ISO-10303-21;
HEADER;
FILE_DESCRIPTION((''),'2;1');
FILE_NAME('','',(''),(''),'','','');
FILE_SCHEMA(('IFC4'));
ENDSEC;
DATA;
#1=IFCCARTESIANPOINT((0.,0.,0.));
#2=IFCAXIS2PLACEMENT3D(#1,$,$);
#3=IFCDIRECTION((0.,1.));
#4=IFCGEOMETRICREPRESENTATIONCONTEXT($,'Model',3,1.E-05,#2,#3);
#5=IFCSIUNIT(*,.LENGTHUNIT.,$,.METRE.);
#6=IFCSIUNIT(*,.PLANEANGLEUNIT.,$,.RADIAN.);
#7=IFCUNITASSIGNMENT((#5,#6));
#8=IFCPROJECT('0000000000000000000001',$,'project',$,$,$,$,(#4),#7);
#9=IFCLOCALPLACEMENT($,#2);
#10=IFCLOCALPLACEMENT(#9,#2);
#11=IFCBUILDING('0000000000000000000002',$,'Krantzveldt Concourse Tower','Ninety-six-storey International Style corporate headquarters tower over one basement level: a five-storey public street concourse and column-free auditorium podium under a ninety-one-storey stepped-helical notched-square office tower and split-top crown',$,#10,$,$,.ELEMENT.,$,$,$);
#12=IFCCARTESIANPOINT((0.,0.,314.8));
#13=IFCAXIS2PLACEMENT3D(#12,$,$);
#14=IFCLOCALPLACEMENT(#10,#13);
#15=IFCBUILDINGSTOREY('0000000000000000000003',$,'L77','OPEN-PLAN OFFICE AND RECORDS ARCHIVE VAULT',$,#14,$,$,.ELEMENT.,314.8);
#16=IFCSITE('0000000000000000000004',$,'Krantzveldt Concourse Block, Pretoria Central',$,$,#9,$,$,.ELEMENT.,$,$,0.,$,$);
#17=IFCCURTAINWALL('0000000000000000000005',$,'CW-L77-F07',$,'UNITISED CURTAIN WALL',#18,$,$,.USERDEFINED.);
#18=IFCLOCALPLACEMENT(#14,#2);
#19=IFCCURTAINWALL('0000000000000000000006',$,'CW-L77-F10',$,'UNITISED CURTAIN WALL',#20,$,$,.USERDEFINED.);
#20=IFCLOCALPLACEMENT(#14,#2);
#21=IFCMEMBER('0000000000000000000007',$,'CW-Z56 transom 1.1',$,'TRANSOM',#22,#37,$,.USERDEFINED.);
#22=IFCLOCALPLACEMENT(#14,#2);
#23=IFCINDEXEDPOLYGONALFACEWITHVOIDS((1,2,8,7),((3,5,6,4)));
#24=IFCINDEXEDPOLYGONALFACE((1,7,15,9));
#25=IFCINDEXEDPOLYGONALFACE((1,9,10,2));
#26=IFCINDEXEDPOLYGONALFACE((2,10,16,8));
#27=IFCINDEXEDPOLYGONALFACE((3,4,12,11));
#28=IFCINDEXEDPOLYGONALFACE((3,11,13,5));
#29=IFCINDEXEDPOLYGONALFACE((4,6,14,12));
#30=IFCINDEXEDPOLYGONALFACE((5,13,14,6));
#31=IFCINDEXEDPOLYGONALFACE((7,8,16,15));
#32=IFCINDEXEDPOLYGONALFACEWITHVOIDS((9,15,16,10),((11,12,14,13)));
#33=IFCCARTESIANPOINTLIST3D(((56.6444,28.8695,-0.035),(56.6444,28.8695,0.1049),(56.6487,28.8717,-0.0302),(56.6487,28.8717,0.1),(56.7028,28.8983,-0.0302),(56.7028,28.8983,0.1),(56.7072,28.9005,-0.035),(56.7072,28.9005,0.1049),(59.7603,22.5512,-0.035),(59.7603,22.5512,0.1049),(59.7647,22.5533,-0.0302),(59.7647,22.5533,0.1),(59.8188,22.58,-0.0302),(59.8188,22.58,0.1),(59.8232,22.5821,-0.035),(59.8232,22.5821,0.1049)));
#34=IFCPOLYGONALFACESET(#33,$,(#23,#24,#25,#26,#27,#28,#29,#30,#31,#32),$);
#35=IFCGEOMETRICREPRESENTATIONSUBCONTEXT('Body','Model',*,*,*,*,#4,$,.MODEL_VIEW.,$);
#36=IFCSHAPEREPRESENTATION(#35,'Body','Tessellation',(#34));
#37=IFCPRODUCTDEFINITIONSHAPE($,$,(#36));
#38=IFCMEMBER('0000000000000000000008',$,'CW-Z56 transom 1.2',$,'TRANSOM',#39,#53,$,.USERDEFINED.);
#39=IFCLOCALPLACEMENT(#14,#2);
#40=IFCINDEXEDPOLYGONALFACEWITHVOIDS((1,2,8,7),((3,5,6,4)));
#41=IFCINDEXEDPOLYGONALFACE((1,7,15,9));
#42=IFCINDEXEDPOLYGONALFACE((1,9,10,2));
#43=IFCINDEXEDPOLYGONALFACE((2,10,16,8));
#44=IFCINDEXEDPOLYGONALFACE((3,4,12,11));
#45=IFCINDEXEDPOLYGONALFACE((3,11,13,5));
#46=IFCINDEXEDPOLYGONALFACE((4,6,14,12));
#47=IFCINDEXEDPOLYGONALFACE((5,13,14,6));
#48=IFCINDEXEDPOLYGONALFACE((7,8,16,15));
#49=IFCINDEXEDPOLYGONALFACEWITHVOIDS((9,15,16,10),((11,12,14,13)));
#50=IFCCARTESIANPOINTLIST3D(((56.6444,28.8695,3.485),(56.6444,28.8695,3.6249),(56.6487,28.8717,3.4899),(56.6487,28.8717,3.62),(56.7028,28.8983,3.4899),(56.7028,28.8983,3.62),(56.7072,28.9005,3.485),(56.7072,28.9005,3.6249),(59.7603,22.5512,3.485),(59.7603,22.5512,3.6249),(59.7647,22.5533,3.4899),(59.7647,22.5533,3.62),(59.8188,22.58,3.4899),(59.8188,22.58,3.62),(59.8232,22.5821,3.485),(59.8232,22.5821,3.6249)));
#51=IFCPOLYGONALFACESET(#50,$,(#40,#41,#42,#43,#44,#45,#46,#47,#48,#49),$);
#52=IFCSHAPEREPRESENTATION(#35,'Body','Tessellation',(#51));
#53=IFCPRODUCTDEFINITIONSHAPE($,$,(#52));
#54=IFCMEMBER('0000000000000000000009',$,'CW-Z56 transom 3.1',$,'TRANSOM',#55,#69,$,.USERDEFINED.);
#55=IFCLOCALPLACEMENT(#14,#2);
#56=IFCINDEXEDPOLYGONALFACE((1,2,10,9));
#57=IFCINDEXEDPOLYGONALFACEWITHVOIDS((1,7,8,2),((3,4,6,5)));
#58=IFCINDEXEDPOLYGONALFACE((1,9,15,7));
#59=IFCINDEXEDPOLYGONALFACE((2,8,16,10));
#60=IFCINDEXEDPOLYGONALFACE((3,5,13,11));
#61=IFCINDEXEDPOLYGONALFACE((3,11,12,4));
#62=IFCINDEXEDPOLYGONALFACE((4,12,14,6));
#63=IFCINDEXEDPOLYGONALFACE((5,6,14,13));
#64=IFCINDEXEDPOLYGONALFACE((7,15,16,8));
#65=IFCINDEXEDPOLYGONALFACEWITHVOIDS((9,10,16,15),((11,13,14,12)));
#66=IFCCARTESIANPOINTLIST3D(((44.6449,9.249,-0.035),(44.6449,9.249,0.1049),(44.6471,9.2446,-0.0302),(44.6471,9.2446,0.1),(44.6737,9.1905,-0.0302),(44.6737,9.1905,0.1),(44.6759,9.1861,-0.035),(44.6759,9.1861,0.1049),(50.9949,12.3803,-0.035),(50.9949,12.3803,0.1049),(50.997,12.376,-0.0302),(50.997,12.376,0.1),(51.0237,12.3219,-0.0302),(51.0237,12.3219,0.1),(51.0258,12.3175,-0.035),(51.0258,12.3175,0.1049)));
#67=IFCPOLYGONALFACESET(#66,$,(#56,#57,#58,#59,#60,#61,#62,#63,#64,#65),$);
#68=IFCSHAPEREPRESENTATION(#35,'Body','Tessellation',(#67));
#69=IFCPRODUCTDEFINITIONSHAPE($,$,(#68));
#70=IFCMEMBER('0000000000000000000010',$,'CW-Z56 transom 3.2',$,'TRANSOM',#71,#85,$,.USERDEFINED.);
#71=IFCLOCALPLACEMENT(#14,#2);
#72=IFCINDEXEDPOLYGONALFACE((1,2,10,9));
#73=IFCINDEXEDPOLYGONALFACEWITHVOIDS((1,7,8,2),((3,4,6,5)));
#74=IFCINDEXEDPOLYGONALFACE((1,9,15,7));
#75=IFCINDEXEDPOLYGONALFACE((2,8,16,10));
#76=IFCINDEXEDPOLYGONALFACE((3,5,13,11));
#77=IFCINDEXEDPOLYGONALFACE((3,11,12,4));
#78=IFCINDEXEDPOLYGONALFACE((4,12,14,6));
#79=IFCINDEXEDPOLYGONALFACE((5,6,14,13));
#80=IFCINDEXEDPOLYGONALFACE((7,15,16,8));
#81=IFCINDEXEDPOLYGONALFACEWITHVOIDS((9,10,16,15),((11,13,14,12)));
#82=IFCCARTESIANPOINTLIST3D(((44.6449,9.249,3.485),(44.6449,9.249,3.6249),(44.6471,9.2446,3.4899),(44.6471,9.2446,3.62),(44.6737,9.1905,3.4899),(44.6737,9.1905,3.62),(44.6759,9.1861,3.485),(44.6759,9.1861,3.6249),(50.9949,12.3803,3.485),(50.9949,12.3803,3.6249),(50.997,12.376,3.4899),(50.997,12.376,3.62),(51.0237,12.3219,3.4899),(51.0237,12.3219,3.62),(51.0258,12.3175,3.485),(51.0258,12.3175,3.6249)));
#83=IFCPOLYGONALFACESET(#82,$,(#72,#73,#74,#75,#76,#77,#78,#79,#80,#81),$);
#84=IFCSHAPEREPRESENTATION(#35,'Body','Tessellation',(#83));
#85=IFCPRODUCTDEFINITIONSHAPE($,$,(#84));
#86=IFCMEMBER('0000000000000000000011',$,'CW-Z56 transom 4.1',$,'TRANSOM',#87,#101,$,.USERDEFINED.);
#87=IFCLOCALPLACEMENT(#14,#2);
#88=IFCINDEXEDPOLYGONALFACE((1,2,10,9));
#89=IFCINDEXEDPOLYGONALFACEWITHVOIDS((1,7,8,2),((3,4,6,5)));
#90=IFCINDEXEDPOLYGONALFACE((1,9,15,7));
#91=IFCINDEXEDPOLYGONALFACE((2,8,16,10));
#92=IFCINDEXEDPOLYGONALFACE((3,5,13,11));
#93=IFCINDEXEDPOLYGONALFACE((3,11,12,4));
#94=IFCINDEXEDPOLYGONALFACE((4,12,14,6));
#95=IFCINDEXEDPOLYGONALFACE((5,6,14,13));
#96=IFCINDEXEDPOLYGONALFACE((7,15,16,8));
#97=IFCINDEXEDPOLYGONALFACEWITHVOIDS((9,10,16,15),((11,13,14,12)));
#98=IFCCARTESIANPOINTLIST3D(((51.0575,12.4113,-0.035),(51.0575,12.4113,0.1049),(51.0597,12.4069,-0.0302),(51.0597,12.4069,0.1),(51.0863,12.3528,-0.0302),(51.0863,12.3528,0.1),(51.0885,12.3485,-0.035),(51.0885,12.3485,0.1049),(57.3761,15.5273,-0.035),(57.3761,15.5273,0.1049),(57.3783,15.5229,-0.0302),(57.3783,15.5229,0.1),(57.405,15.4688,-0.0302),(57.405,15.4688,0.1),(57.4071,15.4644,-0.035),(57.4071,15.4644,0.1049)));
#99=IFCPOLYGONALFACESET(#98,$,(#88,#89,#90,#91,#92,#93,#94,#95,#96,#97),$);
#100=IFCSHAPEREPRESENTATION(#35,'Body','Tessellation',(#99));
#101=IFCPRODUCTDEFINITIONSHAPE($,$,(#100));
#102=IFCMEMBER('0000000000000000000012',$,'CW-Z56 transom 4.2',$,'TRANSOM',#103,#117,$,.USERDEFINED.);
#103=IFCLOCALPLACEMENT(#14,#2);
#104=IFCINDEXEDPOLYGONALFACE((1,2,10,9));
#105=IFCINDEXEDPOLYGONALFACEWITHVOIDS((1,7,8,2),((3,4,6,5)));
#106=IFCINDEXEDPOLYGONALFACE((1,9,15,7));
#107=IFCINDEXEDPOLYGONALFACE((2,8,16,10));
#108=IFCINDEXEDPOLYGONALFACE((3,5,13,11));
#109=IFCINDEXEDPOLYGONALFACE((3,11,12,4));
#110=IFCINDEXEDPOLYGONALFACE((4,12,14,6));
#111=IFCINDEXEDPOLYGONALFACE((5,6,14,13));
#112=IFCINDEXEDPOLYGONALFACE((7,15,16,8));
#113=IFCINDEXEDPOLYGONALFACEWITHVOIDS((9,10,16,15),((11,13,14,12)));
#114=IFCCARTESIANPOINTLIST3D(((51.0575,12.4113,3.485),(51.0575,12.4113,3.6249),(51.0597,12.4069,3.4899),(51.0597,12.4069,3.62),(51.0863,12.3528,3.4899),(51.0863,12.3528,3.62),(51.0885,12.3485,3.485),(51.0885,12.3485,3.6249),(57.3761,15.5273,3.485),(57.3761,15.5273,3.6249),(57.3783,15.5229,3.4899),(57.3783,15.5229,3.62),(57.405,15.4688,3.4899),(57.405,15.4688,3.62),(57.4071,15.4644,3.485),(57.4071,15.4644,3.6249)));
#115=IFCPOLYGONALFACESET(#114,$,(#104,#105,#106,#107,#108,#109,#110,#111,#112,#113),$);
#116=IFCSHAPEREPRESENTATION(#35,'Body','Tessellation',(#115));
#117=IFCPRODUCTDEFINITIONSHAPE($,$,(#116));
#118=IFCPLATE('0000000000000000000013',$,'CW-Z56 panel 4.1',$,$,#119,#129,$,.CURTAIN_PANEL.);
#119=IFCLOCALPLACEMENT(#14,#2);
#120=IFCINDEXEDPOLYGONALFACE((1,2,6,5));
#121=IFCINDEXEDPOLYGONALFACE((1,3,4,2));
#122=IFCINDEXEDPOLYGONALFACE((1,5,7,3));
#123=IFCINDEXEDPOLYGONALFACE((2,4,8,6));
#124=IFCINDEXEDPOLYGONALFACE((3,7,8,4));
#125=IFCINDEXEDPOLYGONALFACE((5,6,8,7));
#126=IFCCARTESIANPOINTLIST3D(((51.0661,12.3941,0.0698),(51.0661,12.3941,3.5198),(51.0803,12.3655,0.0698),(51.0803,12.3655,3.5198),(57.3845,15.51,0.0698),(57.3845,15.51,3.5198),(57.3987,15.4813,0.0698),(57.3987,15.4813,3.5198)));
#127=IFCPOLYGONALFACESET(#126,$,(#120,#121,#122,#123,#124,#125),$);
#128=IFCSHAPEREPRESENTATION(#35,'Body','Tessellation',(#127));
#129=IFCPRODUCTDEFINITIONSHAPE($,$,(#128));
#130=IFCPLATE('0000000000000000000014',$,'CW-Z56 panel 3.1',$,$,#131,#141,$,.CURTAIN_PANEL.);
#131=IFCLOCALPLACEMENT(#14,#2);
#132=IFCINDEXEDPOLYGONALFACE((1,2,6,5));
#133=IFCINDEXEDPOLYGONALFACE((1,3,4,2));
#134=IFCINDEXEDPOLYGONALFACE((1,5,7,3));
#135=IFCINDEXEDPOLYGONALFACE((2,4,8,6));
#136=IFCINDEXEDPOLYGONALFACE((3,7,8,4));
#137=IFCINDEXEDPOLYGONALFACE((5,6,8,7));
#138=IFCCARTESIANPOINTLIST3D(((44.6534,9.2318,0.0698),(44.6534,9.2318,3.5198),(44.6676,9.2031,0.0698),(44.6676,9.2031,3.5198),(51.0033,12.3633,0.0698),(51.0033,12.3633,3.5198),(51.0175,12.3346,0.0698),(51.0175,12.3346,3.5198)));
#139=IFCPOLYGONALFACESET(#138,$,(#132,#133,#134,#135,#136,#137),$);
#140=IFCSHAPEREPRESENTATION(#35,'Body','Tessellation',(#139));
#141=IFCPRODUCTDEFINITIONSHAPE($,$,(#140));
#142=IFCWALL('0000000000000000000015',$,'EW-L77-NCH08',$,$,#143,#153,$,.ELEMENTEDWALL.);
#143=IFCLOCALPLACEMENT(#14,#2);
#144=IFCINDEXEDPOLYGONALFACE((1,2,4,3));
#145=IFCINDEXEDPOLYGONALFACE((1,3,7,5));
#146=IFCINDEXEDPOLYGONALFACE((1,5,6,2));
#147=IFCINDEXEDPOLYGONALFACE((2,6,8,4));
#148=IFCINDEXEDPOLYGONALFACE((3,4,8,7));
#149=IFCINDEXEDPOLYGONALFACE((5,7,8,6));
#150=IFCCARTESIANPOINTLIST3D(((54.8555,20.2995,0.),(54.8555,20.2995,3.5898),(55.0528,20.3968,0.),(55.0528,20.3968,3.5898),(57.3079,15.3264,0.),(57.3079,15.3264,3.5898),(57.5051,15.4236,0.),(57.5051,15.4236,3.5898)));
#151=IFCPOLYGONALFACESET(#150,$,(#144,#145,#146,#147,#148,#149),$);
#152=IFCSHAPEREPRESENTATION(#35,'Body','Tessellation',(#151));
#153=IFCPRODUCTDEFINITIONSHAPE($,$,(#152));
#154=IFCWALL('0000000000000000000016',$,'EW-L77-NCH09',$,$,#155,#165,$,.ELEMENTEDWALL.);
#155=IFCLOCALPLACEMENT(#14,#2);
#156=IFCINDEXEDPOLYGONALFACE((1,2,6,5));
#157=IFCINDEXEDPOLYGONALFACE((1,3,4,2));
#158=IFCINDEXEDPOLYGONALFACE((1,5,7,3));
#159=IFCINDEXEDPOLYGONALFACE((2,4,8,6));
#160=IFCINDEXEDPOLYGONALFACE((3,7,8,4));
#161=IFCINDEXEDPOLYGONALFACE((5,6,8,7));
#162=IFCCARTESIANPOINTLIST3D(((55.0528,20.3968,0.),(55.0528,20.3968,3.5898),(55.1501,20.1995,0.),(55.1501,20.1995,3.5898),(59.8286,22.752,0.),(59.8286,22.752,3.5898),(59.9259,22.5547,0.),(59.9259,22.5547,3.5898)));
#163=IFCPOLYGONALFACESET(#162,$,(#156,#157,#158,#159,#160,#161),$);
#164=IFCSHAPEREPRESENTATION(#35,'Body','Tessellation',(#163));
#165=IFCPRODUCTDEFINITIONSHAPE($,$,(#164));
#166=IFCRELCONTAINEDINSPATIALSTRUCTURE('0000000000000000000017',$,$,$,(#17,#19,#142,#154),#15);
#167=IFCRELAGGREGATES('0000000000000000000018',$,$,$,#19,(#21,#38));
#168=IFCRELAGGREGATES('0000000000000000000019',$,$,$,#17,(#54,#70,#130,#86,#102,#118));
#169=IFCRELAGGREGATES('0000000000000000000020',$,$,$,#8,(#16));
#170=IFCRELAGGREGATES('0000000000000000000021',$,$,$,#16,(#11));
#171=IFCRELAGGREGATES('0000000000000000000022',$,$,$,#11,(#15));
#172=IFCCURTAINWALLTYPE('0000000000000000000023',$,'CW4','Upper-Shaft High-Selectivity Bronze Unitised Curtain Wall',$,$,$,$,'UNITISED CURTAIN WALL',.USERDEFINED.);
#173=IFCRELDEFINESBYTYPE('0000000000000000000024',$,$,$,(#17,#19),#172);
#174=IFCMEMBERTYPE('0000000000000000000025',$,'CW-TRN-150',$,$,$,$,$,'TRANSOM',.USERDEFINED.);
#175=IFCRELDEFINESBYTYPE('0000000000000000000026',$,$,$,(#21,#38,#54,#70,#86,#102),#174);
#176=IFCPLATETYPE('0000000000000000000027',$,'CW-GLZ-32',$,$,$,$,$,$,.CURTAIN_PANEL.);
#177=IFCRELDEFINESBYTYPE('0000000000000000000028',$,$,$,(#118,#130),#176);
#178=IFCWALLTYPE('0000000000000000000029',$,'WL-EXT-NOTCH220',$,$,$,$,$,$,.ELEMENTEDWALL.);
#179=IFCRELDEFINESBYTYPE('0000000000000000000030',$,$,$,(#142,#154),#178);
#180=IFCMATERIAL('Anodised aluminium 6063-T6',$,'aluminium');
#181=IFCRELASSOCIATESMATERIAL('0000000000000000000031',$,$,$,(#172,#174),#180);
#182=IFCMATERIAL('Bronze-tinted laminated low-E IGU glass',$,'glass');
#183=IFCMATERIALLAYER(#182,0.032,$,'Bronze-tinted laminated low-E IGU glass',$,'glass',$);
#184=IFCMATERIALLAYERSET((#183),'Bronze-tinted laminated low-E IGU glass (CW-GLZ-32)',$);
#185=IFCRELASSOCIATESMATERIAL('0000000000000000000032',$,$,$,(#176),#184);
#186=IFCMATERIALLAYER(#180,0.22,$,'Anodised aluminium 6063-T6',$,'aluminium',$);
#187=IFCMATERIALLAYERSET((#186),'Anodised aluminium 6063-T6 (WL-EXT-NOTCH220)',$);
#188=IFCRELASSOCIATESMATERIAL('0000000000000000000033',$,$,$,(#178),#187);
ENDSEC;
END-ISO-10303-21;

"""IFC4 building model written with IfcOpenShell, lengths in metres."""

from ifc_helpers import new_model, si_unit, direction, frame, frame_2d, origin, origin_2d, place, context, subcontext, project, spatial, rectangle, hollow_rectangle, extrude, source, transform, mapped, material, layer, layer_set, material_profile, profile_set, type_object, type_shapes, element, aggregate, save


model = new_model("IFC4")

# Units and contexts
model_context = context("Model", 3, precision=1e-05, world=origin(), true_north=direction((0.0, 1.0)))
body_context = subcontext(model_context, "Body", "Model", "MODEL_VIEW")
ifc_project = project(units=[si_unit("LENGTHUNIT", "METRE"), si_unit("PLANEANGLEUNIT", "RADIAN")], contexts=[model_context])

# Site, building, storey
site_placement = place(None, origin())
site = spatial("IfcSite", under=ifc_project, at=site_placement, Name="Krantzveldt Concourse Block, Pretoria Central", CompositionType="ELEMENT", RefElevation=0.0)
building_placement = place(site_placement, origin())
building = spatial("IfcBuilding", under=site, at=building_placement, Name="Krantzveldt Concourse Tower", Description="Ninety-six-storey International Style corporate headquarters tower over one basement level: a five-storey public street concourse and column-free auditorium podium under a ninety-one-storey stepped-helical notched-square office tower and split-top crown", CompositionType="ELEMENT")
storey_placement = place(building_placement, frame((0.0, 0.0, 314.8)))
storey = spatial("IfcBuildingStorey", under=building, at=storey_placement, Name="L77", Description="OPEN-PLAN OFFICE AND RECORDS ARCHIVE VAULT", CompositionType="ELEMENT", Elevation=314.8)

# Curtain walls, members
ifc_material_1 = material(Name="Anodised aluminium 6063-T6", Category="aluminium")
curtain_wall_type = type_object("IfcCurtainWallType", Name="CW4", Description="Upper-Shaft High-Selectivity Bronze Unitised Curtain Wall", ElementType="UNITISED CURTAIN WALL", PredefinedType="USERDEFINED", material=ifc_material_1)
curtain_wall_1_placement = place(storey_placement, origin())
curtain_wall_1 = element("IfcCurtainWall", 1, at=curtain_wall_1_placement, inside=storey, type_object=curtain_wall_type, Name="CW-L77-F07", ObjectType="UNITISED CURTAIN WALL", PredefinedType="USERDEFINED")
curtain_wall_2_placement = place(storey_placement, origin())
curtain_wall_2 = element("IfcCurtainWall", 2, at=curtain_wall_2_placement, inside=storey, type_object=curtain_wall_type, Name="CW-L77-F10", ObjectType="UNITISED CURTAIN WALL", PredefinedType="USERDEFINED")
ifc_material_profile_1 = material_profile(ifc_material_1, hollow_rectangle(XDim=0.0701, YDim=0.1399, WallThickness=0.0049, at=origin_2d()), Name="Anodised aluminium 6063-T6", Category="aluminium")
ifc_profile_set_1 = profile_set([ifc_material_profile_1], Name="Anodised aluminium 6063-T6 - ALU-TRAN 140x70x5")
member_type_1 = type_object("IfcMemberType", Name="CW-TRN-150", ElementType="TRANSOM", PredefinedType="USERDEFINED", material=ifc_profile_set_1)
shared_shape_1 = source(origin(), body_context, "Body", "SweptSolid", [
    extrude(hollow_rectangle(XDim=0.0701, YDim=0.1399, WallThickness=0.0049, at=origin_2d()), origin(), (0.0, 0.0, 1.0), 7.0449),
])
member_1_placement = place(storey_placement, frame((59.7917, 22.5667, 0.0349), z_axis=(-0.4423, 0.896867, 0.0), x_axis=(-0.896867, -0.4423, 0.0)))
member_1 = element("IfcMember", 3, at=member_1_placement, type_object=member_type_1, Name="CW-Z56 transom 1.1", ObjectType="TRANSOM", PredefinedType="USERDEFINED", context=body_context, shape_type="MappedRepresentation", body=[
    mapped(shared_shape_1, transform((0.0, 0.0, 0.0), x_axis=(1.0, 0.0, 0.0), y_axis=(0.0, 1.0, 0.0), z_axis=(0.0, 0.0, 1.0), scale=1.0)),
])
member_2_placement = place(storey_placement, frame((59.7917, 22.5667, 3.5549), z_axis=(-0.4423, 0.896867, 0.0), x_axis=(-0.896867, -0.4423, 0.0)))
member_2 = element("IfcMember", 4, at=member_2_placement, type_object=member_type_1, Name="CW-Z56 transom 1.2", ObjectType="TRANSOM", PredefinedType="USERDEFINED", context=body_context, shape_type="MappedRepresentation", body=[
    mapped(shared_shape_1, transform((0.0, 0.0, 0.0), x_axis=(1.0, 0.0, 0.0), y_axis=(0.0, 1.0, 0.0), z_axis=(0.0, 0.0, 1.0), scale=1.0)),
])
aggregate(curtain_wall_2, [member_1, member_2])

# Members
shared_shape_2 = source(origin(), body_context, "Body", "SweptSolid", [
    extrude(hollow_rectangle(XDim=0.0701, YDim=0.1399, WallThickness=0.0049, at=origin_2d()), origin(), (0.0, 0.0, 1.0), 7.0801),
])
member_3_placement = place(storey_placement, frame((44.6604, 9.2175, 0.0349), z_axis=(0.896876, 0.442283, 0.0), x_axis=(-0.442283, 0.896876, 0.0)))
member_3 = element("IfcMember", 5, at=member_3_placement, type_object=member_type_1, Name="CW-Z56 transom 3.1", ObjectType="TRANSOM", PredefinedType="USERDEFINED", context=body_context, shape_type="MappedRepresentation", body=[
    mapped(shared_shape_2, transform((0.0, 0.0, 0.0), x_axis=(1.0, 0.0, 0.0), y_axis=(0.0, 1.0, 0.0), z_axis=(0.0, 0.0, 1.0), scale=1.0)),
])
member_4_placement = place(storey_placement, frame((44.6604, 9.2175, 3.5549), z_axis=(0.896876, 0.442283, 0.0), x_axis=(-0.442283, 0.896876, 0.0)))
member_4 = element("IfcMember", 6, at=member_4_placement, type_object=member_type_1, Name="CW-Z56 transom 3.2", ObjectType="TRANSOM", PredefinedType="USERDEFINED", context=body_context, shape_type="MappedRepresentation", body=[
    mapped(shared_shape_2, transform((0.0, 0.0, 0.0), x_axis=(1.0, 0.0, 0.0), y_axis=(0.0, 1.0, 0.0), z_axis=(0.0, 0.0, 1.0), scale=1.0)),
])
shared_shape_3 = source(origin(), body_context, "Body", "SweptSolid", [
    extrude(hollow_rectangle(XDim=0.0701, YDim=0.1399, WallThickness=0.0049, at=origin_2d()), origin(), (0.0, 0.0, 1.0), 7.0452),
])
type_shapes(member_type_1, [shared_shape_1, shared_shape_2, shared_shape_3])
member_5_placement = place(storey_placement, frame((51.073, 12.3799, 0.0349), z_axis=(0.896874, 0.442286, 0.0), x_axis=(-0.442286, 0.896874, 0.0)))
member_5 = element("IfcMember", 7, at=member_5_placement, type_object=member_type_1, Name="CW-Z56 transom 4.1", ObjectType="TRANSOM", PredefinedType="USERDEFINED", context=body_context, shape_type="MappedRepresentation", body=[
    mapped(shared_shape_3, transform((0.0, 0.0, 0.0), x_axis=(1.0, 0.0, 0.0), y_axis=(0.0, 1.0, 0.0), z_axis=(0.0, 0.0, 1.0), scale=1.0)),
])
member_6_placement = place(storey_placement, frame((51.073, 12.3799, 3.5549), z_axis=(0.896874, 0.442286, 0.0), x_axis=(-0.442286, 0.896874, 0.0)))
member_6 = element("IfcMember", 8, at=member_6_placement, type_object=member_type_1, Name="CW-Z56 transom 4.2", ObjectType="TRANSOM", PredefinedType="USERDEFINED", context=body_context, shape_type="MappedRepresentation", body=[
    mapped(shared_shape_3, transform((0.0, 0.0, 0.0), x_axis=(1.0, 0.0, 0.0), y_axis=(0.0, 1.0, 0.0), z_axis=(0.0, 0.0, 1.0), scale=1.0)),
])

# Plates
ifc_material_2 = material(Name="Bronze-tinted laminated low-E IGU glass", Category="glass")
ifc_layer_1 = layer(ifc_material_2, 0.032, Name="Bronze-tinted laminated low-E IGU glass", Category="glass")
ifc_layer_set_1 = layer_set([ifc_layer_1], Name="Bronze-tinted laminated low-E IGU glass (CW-GLZ-32)")
plate_type = type_object("IfcPlateType", Name="CW-GLZ-32", PredefinedType="CURTAIN_PANEL", material=ifc_layer_set_1)
shared_shape_4 = source(origin(), body_context, "Body", "SweptSolid", [
    extrude(rectangle(XDim=7.0449, YDim=0.032, at=origin_2d()), origin(), (0.0, 0.0, 1.0), 3.45),
])
plate_1_placement = place(storey_placement, frame((54.2324, 13.9377, 0.0698), z_axis=(0.0, 0.0, 1.0), x_axis=(0.896873, 0.442289, 0.0)))
plate_1 = element("IfcPlate", 9, at=plate_1_placement, type_object=plate_type, Name="CW-Z56 panel 4.1", PredefinedType="CURTAIN_PANEL", context=body_context, shape_type="MappedRepresentation", body=[
    mapped(shared_shape_4, transform((0.0, 0.0, 0.0), x_axis=(1.0, 0.0, 0.0), y_axis=(0.0, 1.0, 0.0), z_axis=(0.0, 0.0, 1.0), scale=1.0)),
])
shared_shape_5 = source(origin(), body_context, "Body", "SweptSolid", [
    extrude(rectangle(XDim=7.0801, YDim=0.032, at=origin_2d()), origin(), (0.0, 0.0, 1.0), 3.45),
])
type_shapes(plate_type, [shared_shape_4, shared_shape_5])
plate_2_placement = place(storey_placement, frame((47.8354, 10.7832, 0.0698), z_axis=(0.0, 0.0, 1.0), x_axis=(0.896873, 0.442289, 0.0)))
plate_2 = element("IfcPlate", 10, at=plate_2_placement, type_object=plate_type, Name="CW-Z56 panel 3.1", PredefinedType="CURTAIN_PANEL", context=body_context, shape_type="MappedRepresentation", body=[
    mapped(shared_shape_5, transform((0.0, 0.0, 0.0), x_axis=(1.0, 0.0, 0.0), y_axis=(0.0, 1.0, 0.0), z_axis=(0.0, 0.0, 1.0), scale=1.0)),
])
aggregate(curtain_wall_1, [member_3, member_4, plate_2, member_5, member_6, plate_1])

# Walls
ifc_layer_2 = layer(ifc_material_1, 0.22, Name="Anodised aluminium 6063-T6", Category="aluminium")
ifc_layer_set_2 = layer_set([ifc_layer_2], Name="Anodised aluminium 6063-T6 (WL-EXT-NOTCH220)")
wall_type_1 = type_object("IfcWallType", Name="WL-EXT-NOTCH220", PredefinedType="ELEMENTEDWALL", material=ifc_layer_set_2)
wall_1_placement = place(storey_placement, frame((57.4065, 15.375, 0.0), z_axis=(0.0, 0.0, 1.0), x_axis=(-0.442276, 0.896879, 0.0)))
element("IfcWall", 11, at=wall_1_placement, inside=storey, type_object=wall_type_1, Name="EW-L77-NCH08", PredefinedType="ELEMENTEDWALL", context=body_context, shape_type="SweptSolid", body=[
    extrude(rectangle(XDim=5.5449, YDim=0.22, at=frame_2d((2.7725, 0.0))), origin(), (0.0, 0.0, 1.0), 3.5898),
])
wall_2_placement = place(storey_placement, frame((55.1013, 20.2981, 0.0), z_axis=(0.0, 0.0, 1.0), x_axis=(0.896871, 0.442292, 0.0)))
element("IfcWall", 12, at=wall_2_placement, inside=storey, type_object=wall_type_1, Name="EW-L77-NCH09", PredefinedType="ELEMENTEDWALL", context=body_context, shape_type="SweptSolid", body=[
    extrude(rectangle(XDim=5.325, YDim=0.22, at=frame_2d((2.6626, 0.0))), origin(), (0.0, 0.0, 1.0), 3.5898),
])

save(model, "model.ifc")
